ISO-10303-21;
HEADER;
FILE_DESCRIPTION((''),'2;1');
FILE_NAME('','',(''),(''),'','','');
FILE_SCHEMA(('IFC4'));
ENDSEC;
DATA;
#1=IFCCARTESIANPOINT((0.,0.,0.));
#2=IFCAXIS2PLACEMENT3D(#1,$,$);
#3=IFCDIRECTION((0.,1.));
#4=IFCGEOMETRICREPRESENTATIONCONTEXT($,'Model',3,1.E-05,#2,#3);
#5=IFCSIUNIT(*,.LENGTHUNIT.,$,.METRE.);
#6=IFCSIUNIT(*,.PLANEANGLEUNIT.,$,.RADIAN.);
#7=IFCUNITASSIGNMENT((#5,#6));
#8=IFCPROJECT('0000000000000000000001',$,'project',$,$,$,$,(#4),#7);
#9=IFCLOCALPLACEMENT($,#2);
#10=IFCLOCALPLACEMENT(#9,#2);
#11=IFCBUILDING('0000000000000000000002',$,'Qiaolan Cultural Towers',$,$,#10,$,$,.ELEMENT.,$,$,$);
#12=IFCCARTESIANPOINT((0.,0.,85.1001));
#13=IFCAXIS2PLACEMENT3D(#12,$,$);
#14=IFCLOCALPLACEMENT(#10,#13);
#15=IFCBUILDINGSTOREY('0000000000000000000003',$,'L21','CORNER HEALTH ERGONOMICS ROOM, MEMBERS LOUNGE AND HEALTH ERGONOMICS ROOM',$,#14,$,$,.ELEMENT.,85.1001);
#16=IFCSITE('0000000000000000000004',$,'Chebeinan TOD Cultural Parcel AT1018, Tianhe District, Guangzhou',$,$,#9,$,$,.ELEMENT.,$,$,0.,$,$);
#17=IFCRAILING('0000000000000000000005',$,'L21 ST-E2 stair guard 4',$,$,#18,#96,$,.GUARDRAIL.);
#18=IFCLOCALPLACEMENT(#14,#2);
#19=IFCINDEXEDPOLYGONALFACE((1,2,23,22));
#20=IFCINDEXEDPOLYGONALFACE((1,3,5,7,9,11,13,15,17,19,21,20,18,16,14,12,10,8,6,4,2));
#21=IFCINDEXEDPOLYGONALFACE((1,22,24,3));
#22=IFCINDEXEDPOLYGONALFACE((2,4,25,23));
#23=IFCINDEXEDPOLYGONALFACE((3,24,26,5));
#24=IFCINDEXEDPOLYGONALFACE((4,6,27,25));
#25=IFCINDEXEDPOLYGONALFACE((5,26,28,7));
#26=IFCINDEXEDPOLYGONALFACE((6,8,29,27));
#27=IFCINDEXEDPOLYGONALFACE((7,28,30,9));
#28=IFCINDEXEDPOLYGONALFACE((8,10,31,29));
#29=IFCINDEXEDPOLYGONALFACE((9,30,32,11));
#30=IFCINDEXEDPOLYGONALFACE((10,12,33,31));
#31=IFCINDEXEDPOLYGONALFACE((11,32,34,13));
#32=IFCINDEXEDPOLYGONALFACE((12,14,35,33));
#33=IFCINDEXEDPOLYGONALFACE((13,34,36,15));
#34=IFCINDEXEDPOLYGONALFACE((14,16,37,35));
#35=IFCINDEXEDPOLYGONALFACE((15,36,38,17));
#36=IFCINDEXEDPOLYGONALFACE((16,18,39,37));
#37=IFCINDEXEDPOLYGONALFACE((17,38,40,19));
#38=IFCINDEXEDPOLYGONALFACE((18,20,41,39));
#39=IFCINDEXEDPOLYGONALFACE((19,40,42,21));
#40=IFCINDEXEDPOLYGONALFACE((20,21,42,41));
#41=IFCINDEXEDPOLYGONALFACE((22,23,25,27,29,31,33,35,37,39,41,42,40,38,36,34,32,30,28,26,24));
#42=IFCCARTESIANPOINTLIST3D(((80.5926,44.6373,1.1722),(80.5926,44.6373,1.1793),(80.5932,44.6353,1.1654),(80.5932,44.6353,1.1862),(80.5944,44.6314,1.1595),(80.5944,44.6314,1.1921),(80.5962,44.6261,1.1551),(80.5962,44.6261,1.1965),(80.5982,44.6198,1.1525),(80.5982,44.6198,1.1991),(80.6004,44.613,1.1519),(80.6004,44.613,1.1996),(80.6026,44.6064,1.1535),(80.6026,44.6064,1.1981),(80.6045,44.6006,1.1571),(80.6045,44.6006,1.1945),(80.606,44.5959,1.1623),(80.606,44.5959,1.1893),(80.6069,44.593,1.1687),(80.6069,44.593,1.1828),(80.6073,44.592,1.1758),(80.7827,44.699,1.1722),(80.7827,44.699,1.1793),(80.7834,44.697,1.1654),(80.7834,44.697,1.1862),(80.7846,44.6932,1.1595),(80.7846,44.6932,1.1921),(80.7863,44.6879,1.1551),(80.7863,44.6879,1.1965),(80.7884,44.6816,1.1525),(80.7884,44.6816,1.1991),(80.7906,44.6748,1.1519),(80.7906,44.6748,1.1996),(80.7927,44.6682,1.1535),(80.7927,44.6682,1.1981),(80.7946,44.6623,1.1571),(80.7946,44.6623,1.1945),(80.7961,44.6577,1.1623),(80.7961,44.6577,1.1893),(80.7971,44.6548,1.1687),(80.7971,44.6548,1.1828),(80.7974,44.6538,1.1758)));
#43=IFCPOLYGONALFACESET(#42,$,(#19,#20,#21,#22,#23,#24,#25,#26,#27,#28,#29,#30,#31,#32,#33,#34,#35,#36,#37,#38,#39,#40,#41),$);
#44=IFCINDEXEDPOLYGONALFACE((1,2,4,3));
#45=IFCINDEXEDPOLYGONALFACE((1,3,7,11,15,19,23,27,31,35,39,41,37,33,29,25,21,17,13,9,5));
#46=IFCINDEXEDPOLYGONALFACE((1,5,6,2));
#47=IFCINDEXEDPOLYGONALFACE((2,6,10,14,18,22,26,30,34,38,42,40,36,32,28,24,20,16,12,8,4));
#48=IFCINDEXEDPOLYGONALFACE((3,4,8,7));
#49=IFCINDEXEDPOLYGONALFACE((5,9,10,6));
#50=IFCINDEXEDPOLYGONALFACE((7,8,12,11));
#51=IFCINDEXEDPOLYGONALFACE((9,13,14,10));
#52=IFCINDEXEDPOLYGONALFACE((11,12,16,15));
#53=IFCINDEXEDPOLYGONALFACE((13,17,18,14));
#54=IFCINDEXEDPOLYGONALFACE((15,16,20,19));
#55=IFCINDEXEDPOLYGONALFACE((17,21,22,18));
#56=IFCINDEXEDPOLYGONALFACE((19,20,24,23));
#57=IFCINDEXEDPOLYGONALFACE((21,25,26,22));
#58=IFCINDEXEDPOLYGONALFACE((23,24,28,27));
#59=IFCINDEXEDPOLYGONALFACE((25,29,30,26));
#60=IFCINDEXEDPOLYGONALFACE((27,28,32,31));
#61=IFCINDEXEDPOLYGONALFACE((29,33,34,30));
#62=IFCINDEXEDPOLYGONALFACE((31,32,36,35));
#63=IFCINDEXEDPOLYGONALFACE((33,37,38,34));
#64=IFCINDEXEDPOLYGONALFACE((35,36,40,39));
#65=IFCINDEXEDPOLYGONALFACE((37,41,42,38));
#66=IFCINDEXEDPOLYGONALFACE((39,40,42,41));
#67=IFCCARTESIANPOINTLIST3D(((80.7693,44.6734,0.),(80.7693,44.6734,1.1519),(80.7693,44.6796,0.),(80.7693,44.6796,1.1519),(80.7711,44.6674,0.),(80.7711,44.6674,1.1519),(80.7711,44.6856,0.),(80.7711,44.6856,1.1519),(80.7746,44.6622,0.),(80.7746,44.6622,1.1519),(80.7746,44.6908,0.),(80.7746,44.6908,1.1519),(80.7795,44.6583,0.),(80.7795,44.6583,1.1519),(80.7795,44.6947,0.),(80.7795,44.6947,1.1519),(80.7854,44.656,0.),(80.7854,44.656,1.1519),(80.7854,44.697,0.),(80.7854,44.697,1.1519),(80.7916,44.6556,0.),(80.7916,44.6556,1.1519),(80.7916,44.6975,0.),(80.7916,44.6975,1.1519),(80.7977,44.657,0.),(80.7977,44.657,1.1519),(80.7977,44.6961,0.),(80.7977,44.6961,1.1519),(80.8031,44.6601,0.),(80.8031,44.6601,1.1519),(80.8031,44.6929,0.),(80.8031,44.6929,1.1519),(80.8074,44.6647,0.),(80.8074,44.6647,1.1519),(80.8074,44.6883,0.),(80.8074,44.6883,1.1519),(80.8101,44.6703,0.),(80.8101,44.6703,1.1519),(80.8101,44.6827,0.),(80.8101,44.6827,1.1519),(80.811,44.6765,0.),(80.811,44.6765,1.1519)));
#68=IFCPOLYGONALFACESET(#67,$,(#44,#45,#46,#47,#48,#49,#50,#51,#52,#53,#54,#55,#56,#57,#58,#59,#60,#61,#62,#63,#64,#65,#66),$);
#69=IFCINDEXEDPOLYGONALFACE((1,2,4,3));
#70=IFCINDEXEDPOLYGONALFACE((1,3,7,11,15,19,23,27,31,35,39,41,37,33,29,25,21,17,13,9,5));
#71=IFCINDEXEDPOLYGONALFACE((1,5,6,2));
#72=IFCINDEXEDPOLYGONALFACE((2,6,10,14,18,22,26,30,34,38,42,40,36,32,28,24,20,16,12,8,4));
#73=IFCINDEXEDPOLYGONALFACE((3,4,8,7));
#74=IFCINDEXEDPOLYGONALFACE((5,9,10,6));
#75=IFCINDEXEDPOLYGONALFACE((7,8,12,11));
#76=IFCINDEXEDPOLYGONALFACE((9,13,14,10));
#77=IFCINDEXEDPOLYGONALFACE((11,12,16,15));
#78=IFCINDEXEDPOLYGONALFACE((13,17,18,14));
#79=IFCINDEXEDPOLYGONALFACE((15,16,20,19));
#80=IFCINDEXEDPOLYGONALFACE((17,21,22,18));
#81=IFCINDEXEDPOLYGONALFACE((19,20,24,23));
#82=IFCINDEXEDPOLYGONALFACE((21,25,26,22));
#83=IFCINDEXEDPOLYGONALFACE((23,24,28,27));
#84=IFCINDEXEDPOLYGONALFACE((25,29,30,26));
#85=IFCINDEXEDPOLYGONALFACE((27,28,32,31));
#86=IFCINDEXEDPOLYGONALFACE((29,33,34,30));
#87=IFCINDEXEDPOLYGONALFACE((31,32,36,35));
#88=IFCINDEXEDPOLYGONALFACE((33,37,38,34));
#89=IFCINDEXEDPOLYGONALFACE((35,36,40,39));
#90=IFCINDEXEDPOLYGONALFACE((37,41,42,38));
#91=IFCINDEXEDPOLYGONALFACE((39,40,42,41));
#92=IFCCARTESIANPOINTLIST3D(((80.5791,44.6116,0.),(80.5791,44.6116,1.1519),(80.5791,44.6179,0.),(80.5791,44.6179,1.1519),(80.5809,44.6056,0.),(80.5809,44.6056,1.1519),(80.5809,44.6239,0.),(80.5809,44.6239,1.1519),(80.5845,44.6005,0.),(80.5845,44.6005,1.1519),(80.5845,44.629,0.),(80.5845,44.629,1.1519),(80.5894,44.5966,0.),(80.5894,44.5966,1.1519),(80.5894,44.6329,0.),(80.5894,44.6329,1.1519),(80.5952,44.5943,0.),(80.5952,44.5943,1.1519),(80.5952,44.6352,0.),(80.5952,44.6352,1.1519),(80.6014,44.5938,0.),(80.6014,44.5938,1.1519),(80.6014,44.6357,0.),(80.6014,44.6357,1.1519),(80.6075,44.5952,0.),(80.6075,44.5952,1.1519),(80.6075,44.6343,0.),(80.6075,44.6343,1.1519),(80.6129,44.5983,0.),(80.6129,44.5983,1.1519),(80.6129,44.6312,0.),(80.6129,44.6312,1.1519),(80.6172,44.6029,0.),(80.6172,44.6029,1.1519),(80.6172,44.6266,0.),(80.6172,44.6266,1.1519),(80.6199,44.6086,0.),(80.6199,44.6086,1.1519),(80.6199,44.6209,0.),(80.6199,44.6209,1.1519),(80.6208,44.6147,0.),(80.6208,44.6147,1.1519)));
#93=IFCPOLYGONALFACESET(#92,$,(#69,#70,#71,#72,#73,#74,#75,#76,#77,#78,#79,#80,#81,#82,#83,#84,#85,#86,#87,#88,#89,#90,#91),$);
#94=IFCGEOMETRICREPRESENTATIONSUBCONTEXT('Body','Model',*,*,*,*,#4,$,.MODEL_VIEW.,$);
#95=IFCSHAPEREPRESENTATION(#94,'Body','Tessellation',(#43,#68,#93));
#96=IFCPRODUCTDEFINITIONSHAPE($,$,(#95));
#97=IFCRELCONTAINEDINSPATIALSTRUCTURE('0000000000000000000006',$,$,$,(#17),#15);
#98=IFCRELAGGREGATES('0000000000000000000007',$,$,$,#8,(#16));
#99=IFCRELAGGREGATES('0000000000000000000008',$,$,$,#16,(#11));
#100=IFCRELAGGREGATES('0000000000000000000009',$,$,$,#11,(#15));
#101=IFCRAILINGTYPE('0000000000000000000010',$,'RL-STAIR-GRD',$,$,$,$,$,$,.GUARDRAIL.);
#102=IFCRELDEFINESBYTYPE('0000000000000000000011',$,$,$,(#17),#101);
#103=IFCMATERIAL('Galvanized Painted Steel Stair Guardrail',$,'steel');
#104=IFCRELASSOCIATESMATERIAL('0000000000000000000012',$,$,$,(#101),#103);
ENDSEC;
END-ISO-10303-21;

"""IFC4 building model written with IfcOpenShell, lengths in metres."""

from ifc_helpers import new_model, si_unit, direction, frame, origin, origin_2d, place, context, subcontext, project, spatial, circle, extrude, material, type_object, element, save


model = new_model("IFC4")

# Units and contexts
model_context = context("Model", 3, precision=1e-05, world=origin(), true_north=direction((0.0, 1.0)))
body_context = subcontext(model_context, "Body", "Model", "MODEL_VIEW")
ifc_project = project(units=[si_unit("LENGTHUNIT", "METRE"), si_unit("PLANEANGLEUNIT", "RADIAN")], contexts=[model_context])

# Site, building, storey
site_placement = place(None, origin())
site = spatial("IfcSite", under=ifc_project, at=site_placement, Name="Chebeinan TOD Cultural Parcel AT1018, Tianhe District, Guangzhou", CompositionType="ELEMENT", RefElevation=0.0)
building_placement = place(site_placement, origin())
building = spatial("IfcBuilding", under=site, at=building_placement, Name="Qiaolan Cultural Towers", CompositionType="ELEMENT")
storey_placement = place(building_placement, frame((0.0, 0.0, 85.1001)))
storey = spatial("IfcBuildingStorey", under=building, at=storey_placement, Name="L21", Description="CORNER HEALTH ERGONOMICS ROOM, MEMBERS LOUNGE AND HEALTH ERGONOMICS ROOM", CompositionType="ELEMENT", Elevation=85.1001)

# Railing
ifc_material_1 = material(Name="Galvanized Painted Steel Stair Guardrail", Category="steel")
railing_type_1 = type_object("IfcRailingType", Name="RL-STAIR-GRD", PredefinedType="GUARDRAIL", material=ifc_material_1)
railing_1_placement = place(storey_placement, frame((80.79, 44.6765, 0.0)))
element("IfcRailing", 1, at=railing_1_placement, inside=storey, type_object=railing_type_1, Name="L21 ST-E2 stair guard 4", PredefinedType="GUARDRAIL", context=body_context, shape_type="SweptSolid", body=[
    extrude(circle(Radius=0.0239, at=origin_2d()), frame((0.0, 0.0, 1.1758), z_axis=(-0.951097, -0.308893, 0.0), x_axis=(0.308893, -0.951097, 0.0)), (0.0, 0.0, 1.0), 0.2),
    extrude(circle(Radius=0.021, at=origin_2d()), origin(), (0.0, 0.0, 1.0), 1.1519),
    extrude(circle(Radius=0.021, at=origin_2d()), frame((-0.1902, -0.0618, 0.0)), (0.0, 0.0, 1.0), 1.1519),
])

save(model, "model.ifc")
